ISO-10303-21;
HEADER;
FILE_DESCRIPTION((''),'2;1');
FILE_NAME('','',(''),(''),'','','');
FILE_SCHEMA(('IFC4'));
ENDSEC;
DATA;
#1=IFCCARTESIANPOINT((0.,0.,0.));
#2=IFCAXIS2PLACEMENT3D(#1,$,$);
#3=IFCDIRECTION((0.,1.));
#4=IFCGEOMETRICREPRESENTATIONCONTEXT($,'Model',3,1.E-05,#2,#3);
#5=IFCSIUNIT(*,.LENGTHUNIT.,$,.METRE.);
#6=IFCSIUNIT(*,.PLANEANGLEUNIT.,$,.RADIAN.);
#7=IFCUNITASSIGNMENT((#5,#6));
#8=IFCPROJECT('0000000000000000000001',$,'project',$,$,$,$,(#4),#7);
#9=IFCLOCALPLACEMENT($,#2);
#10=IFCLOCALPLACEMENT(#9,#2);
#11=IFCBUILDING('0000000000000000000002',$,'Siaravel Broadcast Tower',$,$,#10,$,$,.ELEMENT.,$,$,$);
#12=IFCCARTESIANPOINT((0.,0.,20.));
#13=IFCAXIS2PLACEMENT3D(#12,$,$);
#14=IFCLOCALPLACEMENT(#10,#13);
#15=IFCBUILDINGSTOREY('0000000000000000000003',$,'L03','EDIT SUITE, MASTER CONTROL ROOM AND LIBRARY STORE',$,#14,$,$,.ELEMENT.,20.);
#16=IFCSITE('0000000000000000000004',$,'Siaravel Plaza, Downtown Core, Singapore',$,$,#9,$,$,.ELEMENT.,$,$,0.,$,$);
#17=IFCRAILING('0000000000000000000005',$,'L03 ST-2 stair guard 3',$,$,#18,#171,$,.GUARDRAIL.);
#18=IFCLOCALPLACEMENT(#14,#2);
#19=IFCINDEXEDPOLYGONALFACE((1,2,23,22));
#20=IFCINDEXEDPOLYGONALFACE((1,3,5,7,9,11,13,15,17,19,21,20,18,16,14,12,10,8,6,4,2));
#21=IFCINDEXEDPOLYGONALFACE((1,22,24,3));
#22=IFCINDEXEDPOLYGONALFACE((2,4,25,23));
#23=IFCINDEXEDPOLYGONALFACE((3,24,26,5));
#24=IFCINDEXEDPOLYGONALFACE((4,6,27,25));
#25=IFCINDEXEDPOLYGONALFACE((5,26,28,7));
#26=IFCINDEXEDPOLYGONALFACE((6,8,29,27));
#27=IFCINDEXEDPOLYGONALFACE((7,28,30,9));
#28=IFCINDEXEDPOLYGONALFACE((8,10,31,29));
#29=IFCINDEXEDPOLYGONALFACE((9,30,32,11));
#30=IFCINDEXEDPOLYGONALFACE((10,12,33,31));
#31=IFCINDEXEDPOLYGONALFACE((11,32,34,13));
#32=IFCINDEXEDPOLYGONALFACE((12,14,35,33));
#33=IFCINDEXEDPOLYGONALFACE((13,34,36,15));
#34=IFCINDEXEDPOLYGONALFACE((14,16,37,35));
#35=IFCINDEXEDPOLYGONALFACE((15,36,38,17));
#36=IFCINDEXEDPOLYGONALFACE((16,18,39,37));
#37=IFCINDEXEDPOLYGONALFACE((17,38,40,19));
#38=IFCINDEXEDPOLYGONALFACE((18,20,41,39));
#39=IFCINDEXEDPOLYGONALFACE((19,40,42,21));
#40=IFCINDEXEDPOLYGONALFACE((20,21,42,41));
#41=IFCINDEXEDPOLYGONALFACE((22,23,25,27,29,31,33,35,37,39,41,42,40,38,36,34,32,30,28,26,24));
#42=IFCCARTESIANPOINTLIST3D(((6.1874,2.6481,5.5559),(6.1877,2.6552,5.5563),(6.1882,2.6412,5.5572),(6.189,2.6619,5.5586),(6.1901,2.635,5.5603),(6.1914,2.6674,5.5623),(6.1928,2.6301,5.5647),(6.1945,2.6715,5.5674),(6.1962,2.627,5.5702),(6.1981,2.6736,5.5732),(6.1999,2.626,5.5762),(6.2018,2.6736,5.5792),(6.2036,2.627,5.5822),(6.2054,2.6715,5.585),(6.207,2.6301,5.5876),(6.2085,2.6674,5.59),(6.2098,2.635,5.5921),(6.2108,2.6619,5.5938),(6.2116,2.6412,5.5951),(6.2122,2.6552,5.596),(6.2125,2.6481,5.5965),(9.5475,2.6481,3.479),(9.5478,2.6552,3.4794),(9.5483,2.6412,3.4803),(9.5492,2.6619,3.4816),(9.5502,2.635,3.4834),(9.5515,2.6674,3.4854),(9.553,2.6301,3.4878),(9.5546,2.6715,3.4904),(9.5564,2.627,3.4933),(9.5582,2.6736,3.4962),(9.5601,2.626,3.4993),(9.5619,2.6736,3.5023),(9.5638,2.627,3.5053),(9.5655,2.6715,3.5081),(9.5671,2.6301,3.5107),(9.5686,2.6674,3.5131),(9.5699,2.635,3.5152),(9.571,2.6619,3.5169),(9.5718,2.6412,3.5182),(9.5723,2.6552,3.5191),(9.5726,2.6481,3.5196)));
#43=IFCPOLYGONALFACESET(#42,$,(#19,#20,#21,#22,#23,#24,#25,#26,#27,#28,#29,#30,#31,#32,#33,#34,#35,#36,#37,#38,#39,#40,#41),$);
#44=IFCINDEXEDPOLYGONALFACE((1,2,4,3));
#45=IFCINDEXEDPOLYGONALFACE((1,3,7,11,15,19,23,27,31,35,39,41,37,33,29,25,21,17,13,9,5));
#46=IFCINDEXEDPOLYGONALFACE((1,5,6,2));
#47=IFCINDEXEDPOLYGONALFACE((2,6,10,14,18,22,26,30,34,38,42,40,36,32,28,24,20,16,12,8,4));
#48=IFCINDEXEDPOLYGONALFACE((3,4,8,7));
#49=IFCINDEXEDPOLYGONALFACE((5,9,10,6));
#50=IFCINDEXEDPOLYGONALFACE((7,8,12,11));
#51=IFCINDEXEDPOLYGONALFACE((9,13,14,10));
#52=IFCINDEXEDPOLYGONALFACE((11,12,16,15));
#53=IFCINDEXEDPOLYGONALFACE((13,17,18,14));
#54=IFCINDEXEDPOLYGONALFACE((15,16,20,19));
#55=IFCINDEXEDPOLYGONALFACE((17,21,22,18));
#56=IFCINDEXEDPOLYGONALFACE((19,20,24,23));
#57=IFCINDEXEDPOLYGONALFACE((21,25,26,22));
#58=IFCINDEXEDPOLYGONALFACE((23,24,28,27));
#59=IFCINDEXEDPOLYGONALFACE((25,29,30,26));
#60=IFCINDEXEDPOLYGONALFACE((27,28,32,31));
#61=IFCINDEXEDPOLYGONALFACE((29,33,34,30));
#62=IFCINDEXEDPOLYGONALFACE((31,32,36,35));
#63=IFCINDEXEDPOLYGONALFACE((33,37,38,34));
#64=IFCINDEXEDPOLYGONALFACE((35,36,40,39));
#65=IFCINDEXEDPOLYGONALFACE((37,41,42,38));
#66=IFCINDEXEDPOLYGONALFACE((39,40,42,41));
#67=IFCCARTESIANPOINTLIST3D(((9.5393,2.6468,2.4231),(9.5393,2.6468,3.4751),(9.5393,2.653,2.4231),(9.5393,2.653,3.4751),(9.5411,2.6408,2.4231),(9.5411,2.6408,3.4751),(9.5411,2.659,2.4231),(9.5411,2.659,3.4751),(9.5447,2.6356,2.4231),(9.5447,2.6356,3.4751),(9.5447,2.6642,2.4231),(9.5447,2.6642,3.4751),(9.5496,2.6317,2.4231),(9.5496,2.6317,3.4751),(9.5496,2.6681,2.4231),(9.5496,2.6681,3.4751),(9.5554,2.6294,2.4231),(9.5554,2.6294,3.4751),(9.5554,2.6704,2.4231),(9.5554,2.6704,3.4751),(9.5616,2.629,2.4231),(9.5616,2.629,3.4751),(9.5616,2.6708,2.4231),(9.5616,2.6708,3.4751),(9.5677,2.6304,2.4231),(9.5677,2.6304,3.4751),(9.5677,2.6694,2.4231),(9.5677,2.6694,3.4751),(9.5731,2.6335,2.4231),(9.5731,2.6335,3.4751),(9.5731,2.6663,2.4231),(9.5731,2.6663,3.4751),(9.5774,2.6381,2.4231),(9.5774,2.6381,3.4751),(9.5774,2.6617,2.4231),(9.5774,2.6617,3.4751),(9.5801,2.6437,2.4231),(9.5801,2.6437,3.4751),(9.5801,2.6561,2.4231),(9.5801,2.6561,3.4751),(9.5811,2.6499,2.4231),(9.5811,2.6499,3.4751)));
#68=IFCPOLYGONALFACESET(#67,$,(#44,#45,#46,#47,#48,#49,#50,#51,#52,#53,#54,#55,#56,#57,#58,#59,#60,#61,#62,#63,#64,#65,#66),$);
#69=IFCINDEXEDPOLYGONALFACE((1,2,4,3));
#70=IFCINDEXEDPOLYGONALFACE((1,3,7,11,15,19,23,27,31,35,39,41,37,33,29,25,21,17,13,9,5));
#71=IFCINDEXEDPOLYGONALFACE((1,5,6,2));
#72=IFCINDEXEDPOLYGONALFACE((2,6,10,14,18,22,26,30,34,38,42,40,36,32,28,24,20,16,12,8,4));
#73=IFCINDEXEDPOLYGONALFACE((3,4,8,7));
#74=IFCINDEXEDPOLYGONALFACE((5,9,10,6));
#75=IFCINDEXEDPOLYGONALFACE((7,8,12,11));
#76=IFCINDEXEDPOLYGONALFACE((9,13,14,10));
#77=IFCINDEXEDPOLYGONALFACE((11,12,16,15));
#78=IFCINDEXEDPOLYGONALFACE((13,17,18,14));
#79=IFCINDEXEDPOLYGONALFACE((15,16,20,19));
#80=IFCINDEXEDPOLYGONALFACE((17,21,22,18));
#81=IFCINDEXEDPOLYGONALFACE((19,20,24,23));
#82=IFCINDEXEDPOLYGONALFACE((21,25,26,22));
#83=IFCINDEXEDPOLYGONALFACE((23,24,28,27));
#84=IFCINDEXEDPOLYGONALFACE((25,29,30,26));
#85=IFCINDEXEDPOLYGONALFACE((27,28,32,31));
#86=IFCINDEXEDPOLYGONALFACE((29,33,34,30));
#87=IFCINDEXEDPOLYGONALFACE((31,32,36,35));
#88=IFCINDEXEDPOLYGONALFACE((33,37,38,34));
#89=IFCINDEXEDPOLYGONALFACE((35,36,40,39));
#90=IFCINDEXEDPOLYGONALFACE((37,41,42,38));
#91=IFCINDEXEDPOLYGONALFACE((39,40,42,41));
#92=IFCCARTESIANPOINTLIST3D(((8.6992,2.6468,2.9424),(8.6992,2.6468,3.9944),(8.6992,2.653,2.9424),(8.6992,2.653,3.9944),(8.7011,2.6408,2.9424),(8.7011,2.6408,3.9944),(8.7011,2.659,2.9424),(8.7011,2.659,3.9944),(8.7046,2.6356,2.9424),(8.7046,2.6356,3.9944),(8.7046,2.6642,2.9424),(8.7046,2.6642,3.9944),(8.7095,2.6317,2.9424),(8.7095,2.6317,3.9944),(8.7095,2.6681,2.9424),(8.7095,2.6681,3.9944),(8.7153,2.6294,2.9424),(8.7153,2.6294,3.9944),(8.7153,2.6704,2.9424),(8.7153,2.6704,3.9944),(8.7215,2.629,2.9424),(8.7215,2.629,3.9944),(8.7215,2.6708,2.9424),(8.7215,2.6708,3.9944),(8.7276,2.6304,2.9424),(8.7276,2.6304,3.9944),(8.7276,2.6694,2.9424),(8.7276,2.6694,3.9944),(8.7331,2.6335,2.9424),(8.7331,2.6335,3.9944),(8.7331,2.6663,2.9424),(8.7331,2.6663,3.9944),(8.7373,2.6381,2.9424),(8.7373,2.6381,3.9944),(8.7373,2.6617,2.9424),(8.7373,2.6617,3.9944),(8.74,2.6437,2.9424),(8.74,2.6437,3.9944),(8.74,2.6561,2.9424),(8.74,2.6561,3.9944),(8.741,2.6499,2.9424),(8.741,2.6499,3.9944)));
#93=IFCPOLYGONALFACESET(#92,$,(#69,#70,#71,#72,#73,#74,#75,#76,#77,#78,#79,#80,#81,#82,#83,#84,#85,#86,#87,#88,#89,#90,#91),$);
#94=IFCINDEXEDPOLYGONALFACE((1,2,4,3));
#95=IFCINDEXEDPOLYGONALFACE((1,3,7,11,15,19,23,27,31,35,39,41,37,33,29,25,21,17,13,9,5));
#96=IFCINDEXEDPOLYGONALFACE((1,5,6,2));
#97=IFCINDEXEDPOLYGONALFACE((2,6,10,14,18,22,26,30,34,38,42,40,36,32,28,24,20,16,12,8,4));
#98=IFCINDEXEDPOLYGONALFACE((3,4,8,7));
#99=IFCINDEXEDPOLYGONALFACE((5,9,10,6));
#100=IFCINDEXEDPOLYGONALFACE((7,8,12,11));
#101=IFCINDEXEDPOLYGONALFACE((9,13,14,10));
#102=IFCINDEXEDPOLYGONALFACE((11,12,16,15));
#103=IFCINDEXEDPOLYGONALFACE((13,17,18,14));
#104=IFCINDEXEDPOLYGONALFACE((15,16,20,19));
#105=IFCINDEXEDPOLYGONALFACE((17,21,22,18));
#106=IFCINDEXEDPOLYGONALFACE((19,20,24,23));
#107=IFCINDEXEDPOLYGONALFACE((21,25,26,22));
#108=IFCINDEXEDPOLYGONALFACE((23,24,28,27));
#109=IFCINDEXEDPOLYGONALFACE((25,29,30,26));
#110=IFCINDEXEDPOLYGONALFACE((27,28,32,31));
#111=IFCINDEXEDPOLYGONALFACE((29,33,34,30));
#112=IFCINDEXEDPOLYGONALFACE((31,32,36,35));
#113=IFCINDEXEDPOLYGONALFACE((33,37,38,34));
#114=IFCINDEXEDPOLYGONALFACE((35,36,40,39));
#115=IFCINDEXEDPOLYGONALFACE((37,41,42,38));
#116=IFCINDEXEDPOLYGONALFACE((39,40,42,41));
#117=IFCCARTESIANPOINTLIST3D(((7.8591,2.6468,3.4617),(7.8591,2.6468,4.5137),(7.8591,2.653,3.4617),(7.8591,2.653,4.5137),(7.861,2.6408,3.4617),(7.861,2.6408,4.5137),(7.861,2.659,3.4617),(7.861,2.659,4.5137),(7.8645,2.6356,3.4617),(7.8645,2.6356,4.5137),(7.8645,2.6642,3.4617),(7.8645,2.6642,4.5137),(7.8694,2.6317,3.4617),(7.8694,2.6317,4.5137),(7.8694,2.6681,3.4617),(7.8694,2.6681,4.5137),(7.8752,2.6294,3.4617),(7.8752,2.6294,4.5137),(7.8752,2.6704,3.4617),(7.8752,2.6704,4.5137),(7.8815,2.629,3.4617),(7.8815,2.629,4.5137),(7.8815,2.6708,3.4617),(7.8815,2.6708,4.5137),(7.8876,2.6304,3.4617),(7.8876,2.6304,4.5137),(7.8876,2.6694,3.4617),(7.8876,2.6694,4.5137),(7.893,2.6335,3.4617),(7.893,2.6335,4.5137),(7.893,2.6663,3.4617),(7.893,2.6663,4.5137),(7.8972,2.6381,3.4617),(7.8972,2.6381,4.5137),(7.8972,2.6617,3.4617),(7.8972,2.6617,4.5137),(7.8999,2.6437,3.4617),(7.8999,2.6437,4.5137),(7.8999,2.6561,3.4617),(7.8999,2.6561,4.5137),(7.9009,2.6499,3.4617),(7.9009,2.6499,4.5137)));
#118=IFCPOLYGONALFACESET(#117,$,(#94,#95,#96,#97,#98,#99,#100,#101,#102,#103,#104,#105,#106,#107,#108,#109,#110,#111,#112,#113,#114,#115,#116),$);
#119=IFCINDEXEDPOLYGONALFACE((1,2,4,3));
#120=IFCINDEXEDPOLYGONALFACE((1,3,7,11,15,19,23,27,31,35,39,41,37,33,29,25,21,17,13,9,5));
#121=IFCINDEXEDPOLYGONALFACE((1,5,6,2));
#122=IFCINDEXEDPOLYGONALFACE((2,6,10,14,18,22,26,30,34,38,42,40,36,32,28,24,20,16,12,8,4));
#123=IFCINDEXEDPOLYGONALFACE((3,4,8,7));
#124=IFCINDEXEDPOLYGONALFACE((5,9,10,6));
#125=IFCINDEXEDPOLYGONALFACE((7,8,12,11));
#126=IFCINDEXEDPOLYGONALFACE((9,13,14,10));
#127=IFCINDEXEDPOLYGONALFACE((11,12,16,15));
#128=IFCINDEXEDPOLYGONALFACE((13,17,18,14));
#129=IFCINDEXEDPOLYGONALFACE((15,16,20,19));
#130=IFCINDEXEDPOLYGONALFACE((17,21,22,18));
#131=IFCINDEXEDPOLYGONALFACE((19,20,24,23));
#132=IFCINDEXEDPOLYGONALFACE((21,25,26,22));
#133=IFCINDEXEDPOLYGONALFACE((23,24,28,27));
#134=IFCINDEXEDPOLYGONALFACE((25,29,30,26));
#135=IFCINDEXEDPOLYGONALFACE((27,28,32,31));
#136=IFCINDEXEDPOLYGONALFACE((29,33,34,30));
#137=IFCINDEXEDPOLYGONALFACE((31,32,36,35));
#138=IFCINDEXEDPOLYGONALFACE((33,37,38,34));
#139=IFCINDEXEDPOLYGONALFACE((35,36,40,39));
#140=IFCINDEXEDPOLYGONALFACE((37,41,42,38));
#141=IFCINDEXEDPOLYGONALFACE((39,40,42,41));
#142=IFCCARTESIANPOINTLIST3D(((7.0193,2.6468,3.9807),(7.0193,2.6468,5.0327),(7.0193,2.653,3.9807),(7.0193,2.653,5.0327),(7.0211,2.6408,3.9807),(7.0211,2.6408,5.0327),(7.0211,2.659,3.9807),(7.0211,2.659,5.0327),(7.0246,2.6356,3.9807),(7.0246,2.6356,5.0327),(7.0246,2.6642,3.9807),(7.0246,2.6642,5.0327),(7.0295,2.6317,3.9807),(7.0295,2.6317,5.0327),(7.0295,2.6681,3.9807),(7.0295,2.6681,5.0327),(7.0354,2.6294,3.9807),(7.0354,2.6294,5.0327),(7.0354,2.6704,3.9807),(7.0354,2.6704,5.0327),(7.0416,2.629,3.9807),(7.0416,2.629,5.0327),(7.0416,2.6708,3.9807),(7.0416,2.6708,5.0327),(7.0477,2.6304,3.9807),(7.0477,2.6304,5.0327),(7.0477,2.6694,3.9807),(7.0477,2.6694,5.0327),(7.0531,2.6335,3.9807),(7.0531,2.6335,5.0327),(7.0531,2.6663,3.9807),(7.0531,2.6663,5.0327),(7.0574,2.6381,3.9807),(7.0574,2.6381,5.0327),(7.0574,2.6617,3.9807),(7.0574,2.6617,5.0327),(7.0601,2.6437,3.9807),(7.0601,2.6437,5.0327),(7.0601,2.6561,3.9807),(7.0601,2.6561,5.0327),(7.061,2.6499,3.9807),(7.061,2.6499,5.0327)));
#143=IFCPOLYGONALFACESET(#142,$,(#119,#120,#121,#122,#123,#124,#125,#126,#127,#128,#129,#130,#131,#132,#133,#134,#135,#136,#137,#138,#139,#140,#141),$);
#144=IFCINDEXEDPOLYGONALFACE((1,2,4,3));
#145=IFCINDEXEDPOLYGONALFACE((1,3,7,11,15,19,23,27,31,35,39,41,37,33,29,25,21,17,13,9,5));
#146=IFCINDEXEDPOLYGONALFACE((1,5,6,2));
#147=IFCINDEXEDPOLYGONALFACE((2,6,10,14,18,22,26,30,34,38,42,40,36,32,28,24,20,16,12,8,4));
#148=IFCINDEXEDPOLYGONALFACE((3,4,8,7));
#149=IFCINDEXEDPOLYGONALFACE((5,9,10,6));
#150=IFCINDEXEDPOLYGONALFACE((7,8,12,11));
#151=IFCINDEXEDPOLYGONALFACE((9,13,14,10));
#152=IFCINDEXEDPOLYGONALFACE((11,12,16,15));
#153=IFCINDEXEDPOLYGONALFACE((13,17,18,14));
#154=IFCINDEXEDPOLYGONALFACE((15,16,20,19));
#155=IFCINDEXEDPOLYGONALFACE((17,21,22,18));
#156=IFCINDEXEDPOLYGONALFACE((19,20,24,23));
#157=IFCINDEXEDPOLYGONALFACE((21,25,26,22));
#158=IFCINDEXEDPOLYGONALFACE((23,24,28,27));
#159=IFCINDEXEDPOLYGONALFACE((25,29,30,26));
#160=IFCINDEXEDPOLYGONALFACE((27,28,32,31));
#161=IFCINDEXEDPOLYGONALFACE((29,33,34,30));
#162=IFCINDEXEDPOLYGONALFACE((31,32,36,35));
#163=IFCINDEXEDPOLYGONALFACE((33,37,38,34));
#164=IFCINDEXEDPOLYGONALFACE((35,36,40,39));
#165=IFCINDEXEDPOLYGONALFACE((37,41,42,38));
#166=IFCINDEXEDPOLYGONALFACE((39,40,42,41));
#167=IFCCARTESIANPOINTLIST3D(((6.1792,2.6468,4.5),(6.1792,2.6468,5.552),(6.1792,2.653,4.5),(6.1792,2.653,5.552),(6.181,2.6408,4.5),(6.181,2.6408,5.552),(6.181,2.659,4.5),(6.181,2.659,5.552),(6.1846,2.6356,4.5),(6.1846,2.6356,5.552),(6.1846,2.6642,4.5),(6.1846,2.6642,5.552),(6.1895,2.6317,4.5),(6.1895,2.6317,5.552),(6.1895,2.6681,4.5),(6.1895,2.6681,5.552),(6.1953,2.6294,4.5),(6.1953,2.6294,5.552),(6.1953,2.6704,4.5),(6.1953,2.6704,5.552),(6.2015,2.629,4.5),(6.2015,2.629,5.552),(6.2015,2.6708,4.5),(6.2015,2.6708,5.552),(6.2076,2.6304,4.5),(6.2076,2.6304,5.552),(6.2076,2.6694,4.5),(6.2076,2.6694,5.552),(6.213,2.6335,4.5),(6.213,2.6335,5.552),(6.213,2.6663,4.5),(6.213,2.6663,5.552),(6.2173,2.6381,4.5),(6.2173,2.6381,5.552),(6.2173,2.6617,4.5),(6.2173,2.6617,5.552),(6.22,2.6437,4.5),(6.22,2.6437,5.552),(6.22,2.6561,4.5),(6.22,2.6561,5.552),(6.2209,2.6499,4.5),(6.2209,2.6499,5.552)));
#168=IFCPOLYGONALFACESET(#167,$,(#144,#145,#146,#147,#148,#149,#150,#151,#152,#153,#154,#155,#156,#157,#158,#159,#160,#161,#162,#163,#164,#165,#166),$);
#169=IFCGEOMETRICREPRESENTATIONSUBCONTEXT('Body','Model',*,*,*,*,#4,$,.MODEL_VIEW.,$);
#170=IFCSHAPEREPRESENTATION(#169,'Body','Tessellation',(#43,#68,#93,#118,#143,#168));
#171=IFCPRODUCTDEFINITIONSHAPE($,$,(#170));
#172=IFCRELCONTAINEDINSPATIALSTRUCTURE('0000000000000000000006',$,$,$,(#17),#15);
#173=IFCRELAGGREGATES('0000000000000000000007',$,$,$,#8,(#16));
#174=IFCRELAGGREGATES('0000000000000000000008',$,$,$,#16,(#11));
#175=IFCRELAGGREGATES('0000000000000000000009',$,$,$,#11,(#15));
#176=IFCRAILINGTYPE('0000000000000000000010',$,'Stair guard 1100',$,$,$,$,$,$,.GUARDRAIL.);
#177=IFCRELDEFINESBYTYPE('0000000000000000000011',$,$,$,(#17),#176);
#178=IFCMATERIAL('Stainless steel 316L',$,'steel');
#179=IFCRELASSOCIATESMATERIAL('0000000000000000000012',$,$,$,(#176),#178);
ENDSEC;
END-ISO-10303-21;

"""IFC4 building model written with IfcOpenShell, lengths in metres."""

from ifc_helpers import new_model, si_unit, direction, frame, origin, origin_2d, place, context, subcontext, project, spatial, circle, extrude, material, type_object, element, save


model = new_model("IFC4")

# Units and contexts
model_context = context("Model", 3, precision=1e-05, world=origin(), true_north=direction((0.0, 1.0)))
body_context = subcontext(model_context, "Body", "Model", "MODEL_VIEW")
ifc_project = project(units=[si_unit("LENGTHUNIT", "METRE"), si_unit("PLANEANGLEUNIT", "RADIAN")], contexts=[model_context])

# Site, building, storey
site_placement = place(None, origin())
site = spatial("IfcSite", under=ifc_project, at=site_placement, Name="Siaravel Plaza, Downtown Core, Singapore", CompositionType="ELEMENT", RefElevation=0.0)
building_placement = place(site_placement, origin())
building = spatial("IfcBuilding", under=site, at=building_placement, Name="Siaravel Broadcast Tower", CompositionType="ELEMENT")
storey_placement = place(building_placement, frame((0.0, 0.0, 20.0)))
storey = spatial("IfcBuildingStorey", under=building, at=storey_placement, Name="L03", Description="EDIT SUITE, MASTER CONTROL ROOM AND LIBRARY STORE", CompositionType="ELEMENT", Elevation=20.0)

# Railing
ifc_material_1 = material(Name="Stainless steel 316L", Category="steel")
railing_type_1 = type_object("IfcRailingType", Name="Stair guard 1100", PredefinedType="GUARDRAIL", material=ifc_material_1)
railing_1_placement = place(storey_placement, frame((9.5601, 2.6499, 2.4231)))
element("IfcRailing", 1, at=railing_1_placement, inside=storey, type_object=railing_type_1, Name="L03 ST-2 stair guard 3", PredefinedType="GUARDRAIL", context=body_context, shape_type="SweptSolid", body=[
    extrude(circle(Radius=0.0239, at=origin_2d()), frame((0.0, 0.0, 1.0762), z_axis=(-0.850623, 0.0, 0.525776), x_axis=(0.0, -1.0, 0.0)), (0.0, 0.0, 1.0), 3.9502),
    extrude(circle(Radius=0.021, at=origin_2d()), origin(), (0.0, 0.0, 1.0), 1.052),
    extrude(circle(Radius=0.021, at=origin_2d()), frame((-0.8401, 0.0, 0.5193)), (0.0, 0.0, 1.0), 1.052),
    extrude(circle(Radius=0.021, at=origin_2d()), frame((-1.6802, 0.0, 1.0386)), (0.0, 0.0, 1.0), 1.052),
    extrude(circle(Radius=0.021, at=origin_2d()), frame((-2.52, 0.0, 1.5576)), (0.0, 0.0, 1.0), 1.052),
    extrude(circle(Radius=0.021, at=origin_2d()), frame((-3.3601, 0.0, 2.0769)), (0.0, 0.0, 1.0), 1.052),
])

save(model, "model.ifc")
